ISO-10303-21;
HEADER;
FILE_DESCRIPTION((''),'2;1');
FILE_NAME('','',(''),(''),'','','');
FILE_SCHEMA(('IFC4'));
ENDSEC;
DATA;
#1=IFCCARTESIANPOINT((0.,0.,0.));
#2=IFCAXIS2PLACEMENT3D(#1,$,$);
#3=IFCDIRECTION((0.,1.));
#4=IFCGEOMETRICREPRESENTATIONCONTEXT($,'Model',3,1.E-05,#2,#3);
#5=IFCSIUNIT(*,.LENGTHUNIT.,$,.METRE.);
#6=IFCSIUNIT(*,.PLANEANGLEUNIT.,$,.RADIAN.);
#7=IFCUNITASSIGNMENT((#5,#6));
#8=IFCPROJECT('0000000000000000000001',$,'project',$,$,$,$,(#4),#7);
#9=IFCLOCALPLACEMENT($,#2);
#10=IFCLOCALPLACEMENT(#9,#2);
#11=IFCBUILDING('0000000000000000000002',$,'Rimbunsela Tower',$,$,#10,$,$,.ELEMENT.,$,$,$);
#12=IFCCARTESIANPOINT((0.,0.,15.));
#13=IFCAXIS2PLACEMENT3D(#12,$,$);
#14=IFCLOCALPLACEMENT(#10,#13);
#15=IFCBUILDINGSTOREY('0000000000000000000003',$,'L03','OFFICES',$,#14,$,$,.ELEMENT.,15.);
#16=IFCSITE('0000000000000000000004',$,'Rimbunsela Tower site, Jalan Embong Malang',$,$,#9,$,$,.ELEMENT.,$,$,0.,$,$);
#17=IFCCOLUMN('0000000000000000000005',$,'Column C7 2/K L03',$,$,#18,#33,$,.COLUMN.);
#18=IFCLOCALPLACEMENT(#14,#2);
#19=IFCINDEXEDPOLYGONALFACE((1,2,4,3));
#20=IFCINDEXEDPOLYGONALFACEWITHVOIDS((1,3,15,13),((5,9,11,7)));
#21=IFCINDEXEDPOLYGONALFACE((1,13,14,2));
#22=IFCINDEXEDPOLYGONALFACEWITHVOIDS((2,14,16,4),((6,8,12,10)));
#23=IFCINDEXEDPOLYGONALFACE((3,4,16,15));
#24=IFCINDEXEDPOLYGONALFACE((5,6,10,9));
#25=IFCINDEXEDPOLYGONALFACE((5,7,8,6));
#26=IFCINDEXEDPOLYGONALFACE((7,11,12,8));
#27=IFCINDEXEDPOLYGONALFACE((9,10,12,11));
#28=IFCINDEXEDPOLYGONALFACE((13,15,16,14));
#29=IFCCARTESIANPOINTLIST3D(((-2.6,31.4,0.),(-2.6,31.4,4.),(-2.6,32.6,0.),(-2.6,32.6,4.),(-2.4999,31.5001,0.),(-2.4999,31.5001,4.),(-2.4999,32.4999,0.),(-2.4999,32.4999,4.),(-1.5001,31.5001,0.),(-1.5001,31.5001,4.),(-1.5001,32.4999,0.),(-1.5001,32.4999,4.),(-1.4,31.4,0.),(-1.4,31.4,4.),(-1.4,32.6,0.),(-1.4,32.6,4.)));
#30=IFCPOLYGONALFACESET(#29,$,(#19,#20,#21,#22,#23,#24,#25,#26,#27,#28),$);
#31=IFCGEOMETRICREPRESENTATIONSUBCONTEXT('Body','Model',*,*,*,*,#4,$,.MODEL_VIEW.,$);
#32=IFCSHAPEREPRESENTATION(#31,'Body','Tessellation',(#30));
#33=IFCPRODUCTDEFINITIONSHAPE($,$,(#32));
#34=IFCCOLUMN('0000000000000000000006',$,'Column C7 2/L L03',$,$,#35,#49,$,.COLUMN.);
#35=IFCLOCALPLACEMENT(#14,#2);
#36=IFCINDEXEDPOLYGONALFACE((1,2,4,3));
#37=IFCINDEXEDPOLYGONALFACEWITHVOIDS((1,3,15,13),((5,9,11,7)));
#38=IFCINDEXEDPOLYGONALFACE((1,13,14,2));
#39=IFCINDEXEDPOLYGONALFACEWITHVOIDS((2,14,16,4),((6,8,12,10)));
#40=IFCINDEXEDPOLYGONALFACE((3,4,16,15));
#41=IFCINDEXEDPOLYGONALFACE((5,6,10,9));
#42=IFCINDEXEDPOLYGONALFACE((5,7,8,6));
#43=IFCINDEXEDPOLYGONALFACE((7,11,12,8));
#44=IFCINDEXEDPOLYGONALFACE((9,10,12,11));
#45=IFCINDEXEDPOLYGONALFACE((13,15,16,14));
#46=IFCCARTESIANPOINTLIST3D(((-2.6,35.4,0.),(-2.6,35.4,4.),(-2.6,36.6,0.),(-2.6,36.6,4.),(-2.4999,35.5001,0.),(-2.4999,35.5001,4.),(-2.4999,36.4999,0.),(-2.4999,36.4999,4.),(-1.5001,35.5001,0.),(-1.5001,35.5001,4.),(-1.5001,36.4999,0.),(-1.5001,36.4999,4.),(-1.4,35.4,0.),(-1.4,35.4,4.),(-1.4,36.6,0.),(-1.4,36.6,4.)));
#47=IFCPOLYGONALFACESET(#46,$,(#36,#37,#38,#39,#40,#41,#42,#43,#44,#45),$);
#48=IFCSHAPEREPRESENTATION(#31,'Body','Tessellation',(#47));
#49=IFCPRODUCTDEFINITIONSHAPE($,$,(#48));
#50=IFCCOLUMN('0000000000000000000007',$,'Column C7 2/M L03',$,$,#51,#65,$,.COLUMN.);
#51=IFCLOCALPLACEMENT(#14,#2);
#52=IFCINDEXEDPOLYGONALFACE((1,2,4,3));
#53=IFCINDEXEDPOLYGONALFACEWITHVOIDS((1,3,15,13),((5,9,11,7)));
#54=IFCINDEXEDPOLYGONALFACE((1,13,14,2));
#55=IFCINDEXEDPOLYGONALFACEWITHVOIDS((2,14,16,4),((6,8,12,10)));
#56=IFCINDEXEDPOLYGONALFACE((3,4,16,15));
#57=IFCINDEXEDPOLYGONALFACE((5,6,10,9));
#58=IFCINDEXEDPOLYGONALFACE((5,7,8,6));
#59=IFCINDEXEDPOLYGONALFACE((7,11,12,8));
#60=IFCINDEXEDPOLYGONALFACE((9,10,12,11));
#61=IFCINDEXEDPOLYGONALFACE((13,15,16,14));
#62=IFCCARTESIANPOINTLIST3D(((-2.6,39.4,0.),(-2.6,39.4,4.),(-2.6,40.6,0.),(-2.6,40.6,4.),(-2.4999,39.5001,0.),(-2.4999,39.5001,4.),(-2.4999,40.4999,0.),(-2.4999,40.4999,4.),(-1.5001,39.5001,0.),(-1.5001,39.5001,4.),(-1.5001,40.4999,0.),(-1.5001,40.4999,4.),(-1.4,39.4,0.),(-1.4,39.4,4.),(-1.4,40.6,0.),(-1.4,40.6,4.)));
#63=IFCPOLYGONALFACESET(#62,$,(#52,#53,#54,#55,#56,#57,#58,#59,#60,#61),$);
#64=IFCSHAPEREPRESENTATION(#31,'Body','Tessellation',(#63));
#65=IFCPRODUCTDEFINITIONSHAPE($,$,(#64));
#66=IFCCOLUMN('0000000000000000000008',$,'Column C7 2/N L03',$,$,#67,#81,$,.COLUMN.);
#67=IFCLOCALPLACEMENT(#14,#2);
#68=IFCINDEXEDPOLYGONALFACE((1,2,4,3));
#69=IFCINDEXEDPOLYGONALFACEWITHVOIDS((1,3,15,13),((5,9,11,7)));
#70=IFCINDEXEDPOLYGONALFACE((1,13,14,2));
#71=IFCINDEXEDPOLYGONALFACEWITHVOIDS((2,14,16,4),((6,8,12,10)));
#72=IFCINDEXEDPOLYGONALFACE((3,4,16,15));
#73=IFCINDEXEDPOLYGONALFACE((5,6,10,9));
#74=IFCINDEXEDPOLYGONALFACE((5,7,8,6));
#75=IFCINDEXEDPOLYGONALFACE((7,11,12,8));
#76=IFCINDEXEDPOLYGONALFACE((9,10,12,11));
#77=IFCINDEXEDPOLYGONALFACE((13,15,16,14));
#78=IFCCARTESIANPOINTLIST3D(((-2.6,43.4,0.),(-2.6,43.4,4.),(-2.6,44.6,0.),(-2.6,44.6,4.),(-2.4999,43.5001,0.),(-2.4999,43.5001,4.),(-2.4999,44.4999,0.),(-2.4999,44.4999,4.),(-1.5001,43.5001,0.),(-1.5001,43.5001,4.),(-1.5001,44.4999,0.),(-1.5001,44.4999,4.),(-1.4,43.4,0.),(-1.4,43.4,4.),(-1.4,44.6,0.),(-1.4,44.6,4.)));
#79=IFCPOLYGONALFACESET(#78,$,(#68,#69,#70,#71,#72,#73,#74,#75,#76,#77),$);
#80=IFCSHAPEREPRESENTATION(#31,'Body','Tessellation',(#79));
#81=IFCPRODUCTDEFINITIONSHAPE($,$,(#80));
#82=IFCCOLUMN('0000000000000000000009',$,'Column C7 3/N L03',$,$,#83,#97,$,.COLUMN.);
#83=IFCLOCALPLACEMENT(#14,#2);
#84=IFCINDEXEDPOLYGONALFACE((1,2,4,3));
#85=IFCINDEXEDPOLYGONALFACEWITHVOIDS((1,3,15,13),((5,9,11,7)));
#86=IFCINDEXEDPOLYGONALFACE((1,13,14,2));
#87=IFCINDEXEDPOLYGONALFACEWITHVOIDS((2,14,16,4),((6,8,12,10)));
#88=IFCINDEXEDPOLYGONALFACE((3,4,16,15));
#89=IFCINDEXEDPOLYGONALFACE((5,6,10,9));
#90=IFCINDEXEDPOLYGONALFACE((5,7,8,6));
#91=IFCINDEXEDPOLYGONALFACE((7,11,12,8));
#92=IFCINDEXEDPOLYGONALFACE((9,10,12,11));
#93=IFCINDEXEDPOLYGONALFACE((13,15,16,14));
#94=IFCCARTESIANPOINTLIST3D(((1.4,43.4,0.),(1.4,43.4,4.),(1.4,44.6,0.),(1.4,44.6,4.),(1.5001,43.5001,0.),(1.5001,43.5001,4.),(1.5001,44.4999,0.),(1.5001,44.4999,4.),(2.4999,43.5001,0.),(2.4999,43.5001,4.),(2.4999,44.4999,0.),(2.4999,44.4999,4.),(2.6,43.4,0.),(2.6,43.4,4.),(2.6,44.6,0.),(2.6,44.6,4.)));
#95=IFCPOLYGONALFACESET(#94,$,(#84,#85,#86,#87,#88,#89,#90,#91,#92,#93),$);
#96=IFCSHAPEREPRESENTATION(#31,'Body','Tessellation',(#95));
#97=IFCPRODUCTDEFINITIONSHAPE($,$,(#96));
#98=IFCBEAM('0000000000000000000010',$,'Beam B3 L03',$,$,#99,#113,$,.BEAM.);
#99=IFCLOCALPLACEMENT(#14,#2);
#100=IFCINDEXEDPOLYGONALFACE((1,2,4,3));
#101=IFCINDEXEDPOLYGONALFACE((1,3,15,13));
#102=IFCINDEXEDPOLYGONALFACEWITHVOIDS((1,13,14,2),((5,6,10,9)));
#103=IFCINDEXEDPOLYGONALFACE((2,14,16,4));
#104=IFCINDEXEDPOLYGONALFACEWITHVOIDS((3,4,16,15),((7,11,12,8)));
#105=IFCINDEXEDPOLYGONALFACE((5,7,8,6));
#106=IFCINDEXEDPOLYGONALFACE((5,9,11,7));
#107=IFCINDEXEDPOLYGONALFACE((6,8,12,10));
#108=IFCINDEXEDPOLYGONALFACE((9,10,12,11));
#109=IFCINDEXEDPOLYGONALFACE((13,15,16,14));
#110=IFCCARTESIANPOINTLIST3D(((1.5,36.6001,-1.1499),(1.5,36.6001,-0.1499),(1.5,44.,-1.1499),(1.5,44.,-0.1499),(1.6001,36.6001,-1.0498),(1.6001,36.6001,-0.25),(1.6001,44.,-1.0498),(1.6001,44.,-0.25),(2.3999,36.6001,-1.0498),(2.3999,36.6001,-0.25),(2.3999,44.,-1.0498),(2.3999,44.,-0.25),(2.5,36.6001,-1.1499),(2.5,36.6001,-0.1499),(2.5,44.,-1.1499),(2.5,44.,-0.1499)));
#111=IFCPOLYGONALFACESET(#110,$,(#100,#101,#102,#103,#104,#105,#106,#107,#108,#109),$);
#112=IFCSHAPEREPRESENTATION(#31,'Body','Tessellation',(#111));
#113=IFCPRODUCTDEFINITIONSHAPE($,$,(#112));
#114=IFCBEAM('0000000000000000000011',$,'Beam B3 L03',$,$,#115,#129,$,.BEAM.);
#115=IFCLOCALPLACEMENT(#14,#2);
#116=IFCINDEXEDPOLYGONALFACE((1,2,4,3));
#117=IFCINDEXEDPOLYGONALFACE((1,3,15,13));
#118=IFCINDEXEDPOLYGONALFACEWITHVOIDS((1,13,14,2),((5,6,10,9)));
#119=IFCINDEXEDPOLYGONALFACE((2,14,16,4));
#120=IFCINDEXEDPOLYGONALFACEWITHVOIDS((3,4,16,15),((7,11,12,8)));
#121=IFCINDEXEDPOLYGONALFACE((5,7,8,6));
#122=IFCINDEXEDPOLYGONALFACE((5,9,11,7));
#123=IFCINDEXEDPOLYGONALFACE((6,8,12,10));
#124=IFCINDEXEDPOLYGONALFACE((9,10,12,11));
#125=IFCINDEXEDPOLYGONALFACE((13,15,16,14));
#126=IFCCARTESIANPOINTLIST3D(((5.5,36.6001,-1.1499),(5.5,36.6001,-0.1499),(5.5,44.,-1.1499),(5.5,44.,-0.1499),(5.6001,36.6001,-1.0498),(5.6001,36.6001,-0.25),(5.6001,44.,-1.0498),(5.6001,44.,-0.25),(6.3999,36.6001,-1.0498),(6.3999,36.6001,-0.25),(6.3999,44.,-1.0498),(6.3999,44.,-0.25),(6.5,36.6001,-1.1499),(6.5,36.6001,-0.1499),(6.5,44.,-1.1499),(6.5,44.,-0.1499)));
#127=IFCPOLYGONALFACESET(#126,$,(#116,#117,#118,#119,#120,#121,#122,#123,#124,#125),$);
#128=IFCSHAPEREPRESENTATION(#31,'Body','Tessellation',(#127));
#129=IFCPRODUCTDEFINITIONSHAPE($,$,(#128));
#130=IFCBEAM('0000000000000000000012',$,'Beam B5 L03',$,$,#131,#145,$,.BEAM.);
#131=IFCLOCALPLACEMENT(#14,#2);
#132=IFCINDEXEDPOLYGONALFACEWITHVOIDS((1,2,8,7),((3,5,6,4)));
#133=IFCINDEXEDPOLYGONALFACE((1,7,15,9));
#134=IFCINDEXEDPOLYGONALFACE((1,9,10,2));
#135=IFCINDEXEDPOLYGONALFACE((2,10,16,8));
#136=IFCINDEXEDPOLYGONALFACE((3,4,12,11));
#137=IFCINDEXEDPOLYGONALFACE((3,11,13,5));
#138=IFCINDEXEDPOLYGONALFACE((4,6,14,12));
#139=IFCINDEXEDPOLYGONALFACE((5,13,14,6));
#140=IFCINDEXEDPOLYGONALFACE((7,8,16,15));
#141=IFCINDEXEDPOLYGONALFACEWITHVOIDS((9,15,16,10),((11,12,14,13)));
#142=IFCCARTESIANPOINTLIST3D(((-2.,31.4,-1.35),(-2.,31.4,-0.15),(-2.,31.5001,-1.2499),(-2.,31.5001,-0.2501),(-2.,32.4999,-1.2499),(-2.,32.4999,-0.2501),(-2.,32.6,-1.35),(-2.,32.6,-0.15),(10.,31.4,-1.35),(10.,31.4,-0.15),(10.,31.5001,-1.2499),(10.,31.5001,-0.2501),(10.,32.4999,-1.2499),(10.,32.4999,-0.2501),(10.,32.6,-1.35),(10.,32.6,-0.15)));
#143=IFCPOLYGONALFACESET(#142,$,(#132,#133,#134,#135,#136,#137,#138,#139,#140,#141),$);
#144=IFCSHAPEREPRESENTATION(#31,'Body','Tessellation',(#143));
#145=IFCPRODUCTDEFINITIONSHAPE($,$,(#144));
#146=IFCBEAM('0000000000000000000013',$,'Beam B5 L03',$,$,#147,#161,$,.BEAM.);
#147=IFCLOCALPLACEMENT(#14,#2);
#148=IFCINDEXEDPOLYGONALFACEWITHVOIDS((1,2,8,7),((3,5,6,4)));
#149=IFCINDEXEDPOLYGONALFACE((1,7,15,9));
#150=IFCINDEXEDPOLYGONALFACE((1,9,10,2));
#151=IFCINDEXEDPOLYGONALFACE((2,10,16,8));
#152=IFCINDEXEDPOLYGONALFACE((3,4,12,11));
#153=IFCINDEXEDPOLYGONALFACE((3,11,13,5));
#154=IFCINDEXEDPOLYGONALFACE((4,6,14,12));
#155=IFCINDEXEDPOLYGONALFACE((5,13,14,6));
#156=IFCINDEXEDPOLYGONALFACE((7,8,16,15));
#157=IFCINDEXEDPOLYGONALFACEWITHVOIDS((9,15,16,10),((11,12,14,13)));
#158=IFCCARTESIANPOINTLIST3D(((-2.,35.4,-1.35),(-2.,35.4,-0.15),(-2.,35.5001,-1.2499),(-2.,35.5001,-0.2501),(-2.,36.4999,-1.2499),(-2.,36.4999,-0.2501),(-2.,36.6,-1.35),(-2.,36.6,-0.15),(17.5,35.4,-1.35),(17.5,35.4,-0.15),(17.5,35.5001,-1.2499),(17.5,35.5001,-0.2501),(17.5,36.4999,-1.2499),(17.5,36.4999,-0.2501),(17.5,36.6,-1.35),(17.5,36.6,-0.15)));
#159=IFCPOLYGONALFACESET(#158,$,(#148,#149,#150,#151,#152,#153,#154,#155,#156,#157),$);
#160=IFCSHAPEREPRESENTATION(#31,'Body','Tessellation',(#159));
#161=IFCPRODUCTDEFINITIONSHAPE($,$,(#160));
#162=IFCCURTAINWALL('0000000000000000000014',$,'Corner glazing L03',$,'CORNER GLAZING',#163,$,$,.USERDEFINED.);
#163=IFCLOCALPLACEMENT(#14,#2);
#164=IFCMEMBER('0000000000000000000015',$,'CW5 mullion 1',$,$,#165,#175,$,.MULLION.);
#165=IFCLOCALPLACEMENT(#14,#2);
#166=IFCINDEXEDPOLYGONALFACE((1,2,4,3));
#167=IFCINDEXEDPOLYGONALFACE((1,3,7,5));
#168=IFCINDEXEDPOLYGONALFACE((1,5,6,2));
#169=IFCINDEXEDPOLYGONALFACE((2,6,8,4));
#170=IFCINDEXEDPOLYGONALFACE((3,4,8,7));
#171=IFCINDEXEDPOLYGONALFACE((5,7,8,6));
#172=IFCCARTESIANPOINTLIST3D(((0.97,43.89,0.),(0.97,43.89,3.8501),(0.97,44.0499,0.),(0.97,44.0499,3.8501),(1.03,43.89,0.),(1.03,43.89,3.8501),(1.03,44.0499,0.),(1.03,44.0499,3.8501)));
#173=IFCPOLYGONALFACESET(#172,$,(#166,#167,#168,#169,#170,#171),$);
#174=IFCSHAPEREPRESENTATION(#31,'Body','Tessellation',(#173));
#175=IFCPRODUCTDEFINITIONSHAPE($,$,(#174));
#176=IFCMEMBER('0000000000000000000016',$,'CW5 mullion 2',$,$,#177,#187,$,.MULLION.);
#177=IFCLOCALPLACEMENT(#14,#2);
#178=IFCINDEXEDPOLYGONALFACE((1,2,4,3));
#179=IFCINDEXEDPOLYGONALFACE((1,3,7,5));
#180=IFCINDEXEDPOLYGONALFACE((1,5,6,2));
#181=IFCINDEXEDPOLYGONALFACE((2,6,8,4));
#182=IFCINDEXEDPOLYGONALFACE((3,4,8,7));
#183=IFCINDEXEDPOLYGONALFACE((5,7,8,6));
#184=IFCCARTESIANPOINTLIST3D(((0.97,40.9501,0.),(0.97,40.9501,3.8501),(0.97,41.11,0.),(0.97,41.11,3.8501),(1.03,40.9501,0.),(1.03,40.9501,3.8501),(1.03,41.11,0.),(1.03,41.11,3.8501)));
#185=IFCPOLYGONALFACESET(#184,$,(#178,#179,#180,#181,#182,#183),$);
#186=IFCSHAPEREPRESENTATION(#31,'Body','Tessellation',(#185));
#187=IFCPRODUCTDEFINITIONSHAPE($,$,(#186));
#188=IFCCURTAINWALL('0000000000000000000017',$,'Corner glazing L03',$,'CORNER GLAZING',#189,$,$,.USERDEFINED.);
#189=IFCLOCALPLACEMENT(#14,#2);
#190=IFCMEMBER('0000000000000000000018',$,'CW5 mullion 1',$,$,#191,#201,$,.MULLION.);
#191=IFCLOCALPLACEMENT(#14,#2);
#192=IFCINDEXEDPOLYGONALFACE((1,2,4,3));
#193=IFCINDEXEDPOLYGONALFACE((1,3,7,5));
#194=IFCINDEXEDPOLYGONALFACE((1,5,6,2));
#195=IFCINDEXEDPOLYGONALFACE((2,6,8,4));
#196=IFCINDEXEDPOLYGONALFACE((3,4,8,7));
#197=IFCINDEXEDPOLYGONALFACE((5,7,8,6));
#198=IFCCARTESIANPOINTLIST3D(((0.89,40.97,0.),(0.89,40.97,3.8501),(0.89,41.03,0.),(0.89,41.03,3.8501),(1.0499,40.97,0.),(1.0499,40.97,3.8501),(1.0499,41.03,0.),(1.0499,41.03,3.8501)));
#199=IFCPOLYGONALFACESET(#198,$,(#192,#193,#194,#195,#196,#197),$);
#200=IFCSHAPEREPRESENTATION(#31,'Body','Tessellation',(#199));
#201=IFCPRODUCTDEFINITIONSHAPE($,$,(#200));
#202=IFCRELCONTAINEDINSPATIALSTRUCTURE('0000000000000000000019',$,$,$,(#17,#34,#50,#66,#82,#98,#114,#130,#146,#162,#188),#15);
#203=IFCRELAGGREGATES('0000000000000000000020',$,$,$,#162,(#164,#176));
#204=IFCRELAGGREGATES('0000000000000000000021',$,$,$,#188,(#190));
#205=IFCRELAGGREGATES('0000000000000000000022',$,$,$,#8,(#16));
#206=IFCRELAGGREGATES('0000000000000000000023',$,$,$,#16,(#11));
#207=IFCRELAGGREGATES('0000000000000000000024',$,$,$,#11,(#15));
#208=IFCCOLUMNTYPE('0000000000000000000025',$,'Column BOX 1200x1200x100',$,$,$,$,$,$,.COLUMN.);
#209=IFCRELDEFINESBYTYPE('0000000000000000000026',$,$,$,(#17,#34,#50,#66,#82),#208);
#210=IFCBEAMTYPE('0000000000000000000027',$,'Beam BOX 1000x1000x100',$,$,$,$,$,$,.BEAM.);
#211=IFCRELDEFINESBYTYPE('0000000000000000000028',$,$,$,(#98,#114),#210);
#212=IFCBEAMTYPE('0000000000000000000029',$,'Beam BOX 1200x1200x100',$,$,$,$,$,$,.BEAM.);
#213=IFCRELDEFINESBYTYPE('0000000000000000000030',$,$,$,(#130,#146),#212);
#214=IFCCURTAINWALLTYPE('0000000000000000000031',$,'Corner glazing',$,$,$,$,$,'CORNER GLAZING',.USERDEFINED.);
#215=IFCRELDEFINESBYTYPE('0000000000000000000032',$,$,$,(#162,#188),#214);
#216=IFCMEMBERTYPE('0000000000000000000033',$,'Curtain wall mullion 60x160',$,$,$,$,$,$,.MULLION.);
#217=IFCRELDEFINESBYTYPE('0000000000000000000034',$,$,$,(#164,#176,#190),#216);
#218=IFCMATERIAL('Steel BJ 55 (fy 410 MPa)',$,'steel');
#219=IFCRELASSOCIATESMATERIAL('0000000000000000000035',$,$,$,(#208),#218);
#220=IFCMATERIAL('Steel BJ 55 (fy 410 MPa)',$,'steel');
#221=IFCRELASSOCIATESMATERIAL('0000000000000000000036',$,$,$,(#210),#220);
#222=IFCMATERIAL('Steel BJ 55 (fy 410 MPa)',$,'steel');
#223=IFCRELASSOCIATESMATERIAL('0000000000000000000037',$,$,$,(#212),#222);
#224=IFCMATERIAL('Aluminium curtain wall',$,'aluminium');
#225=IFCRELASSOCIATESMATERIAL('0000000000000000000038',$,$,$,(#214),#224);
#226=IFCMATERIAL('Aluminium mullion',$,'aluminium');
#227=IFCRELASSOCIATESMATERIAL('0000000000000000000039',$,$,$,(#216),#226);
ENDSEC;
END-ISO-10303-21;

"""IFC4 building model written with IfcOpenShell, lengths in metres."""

from ifc_helpers import new_model, si_unit, direction, frame, origin, origin_2d, place, context, subcontext, project, spatial, rectangle, hollow_rectangle, extrude, material, material_profile, profile_set, type_object, element, aggregate, save


model = new_model("IFC4")

# Units and contexts
model_context = context("Model", 3, precision=1e-05, world=origin(), true_north=direction((0.0, 1.0)))
body_context = subcontext(model_context, "Body", "Model", "MODEL_VIEW")
ifc_project = project(units=[si_unit("LENGTHUNIT", "METRE"), si_unit("PLANEANGLEUNIT", "RADIAN")], contexts=[model_context])

# Site, building, storey
site_placement = place(None, origin())
site = spatial("IfcSite", under=ifc_project, at=site_placement, Name="Rimbunsela Tower site, Jalan Embong Malang", CompositionType="ELEMENT", RefElevation=0.0)
building_placement = place(site_placement, origin())
building = spatial("IfcBuilding", under=site, at=building_placement, Name="Rimbunsela Tower", CompositionType="ELEMENT")
storey_placement = place(building_placement, frame((0.0, 0.0, 15.0)))
storey = spatial("IfcBuildingStorey", under=building, at=storey_placement, Name="L03", Description="OFFICES", CompositionType="ELEMENT", Elevation=15.0)

# Columns
ifc_material_1 = material(Name="Steel BJ 55 (fy 410 MPa)", Category="steel")
ifc_material_profile_1 = material_profile(ifc_material_1, hollow_rectangle(XDim=1.2, YDim=1.2, WallThickness=0.1001, at=origin_2d()), Name="BOX 1200x1200x100")
ifc_profile_set_1 = profile_set([ifc_material_profile_1], Name="Steel BJ 55 (fy 410 MPa)")
column_type = type_object("IfcColumnType", Name="Column BOX 1200x1200x100", PredefinedType="COLUMN", material=ifc_profile_set_1)
for number, where, z_axis, x_axis, name in (
    (1, (-2.0, 32.0, 0.0), (0.0, 0.0, 1.0), (1.0, 0.0, 0.0), "Column C7 2/K L03"),
    (2, (-2.0, 36.0, 0.0), (0.0, 0.0, 1.0), (1.0, 0.0, 0.0), "Column C7 2/L L03"),
    (3, (-2.0, 40.0, 0.0), (0.0, 0.0, 1.0), (1.0, 0.0, 0.0), "Column C7 2/M L03"),
    (4, (-2.0, 44.0, 0.0), (0.0, 0.0, 1.0), (1.0, 0.0, 0.0), "Column C7 2/N L03"),
    (5, (2.0, 44.0, 0.0), (0.0, 0.0, 1.0), (1.0, 0.0, 0.0), "Column C7 3/N L03"),
):
    element("IfcColumn", number, at=place(storey_placement, frame(where, z_axis=z_axis, x_axis=x_axis)), inside=storey, type_object=column_type, Name=name, PredefinedType="COLUMN", context=body_context, shape_type="SweptSolid", body=[
        extrude(hollow_rectangle(XDim=1.2, YDim=1.2, WallThickness=0.1001, at=origin_2d()), origin(), (0.0, 0.0, 1.0), 4.0),
    ])

# Beams
ifc_material_2 = material(Name="Steel BJ 55 (fy 410 MPa)", Category="steel")
ifc_material_profile_2 = material_profile(ifc_material_2, hollow_rectangle(XDim=1.0, YDim=1.0, WallThickness=0.1001, at=origin_2d()), Name="BOX 1000x1000x100")
ifc_profile_set_2 = profile_set([ifc_material_profile_2], Name="Steel BJ 55 (fy 410 MPa)")
beam_type_1 = type_object("IfcBeamType", Name="Beam BOX 1000x1000x100", PredefinedType="BEAM", material=ifc_profile_set_2)
for number, where, z_axis, x_axis, name in (
    (6, (2.0, 36.6001, -0.6499), (0.0, 1.0, 0.0), (-1.0, 0.0, 0.0), "Beam B3 L03"),
    (7, (6.0, 36.6001, -0.6499), (0.0, 1.0, 0.0), (-1.0, 0.0, 0.0), "Beam B3 L03"),
):
    element("IfcBeam", number, at=place(storey_placement, frame(where, z_axis=z_axis, x_axis=x_axis)), inside=storey, type_object=beam_type_1, Name=name, PredefinedType="BEAM", context=body_context, shape_type="SweptSolid", body=[
        extrude(hollow_rectangle(XDim=1.0, YDim=1.0, WallThickness=0.1001, at=origin_2d()), origin(), (0.0, 0.0, 1.0), 7.3999),
    ])
ifc_material_3 = material(Name="Steel BJ 55 (fy 410 MPa)", Category="steel")
ifc_material_profile_3 = material_profile(ifc_material_3, hollow_rectangle(XDim=1.2, YDim=1.2, WallThickness=0.1001, at=origin_2d()), Name="BOX 1200x1200x100")
ifc_profile_set_3 = profile_set([ifc_material_profile_3], Name="Steel BJ 55 (fy 410 MPa)")
beam_type_2 = type_object("IfcBeamType", Name="Beam BOX 1200x1200x100", PredefinedType="BEAM", material=ifc_profile_set_3)
beam_1_placement = place(storey_placement, frame((-2.0, 32.0, -0.75), z_axis=(1.0, 0.0, 0.0), x_axis=(0.0, 1.0, 0.0)))
element("IfcBeam", 8, at=beam_1_placement, inside=storey, type_object=beam_type_2, Name="Beam B5 L03", PredefinedType="BEAM", context=body_context, shape_type="SweptSolid", body=[
    extrude(hollow_rectangle(XDim=1.2, YDim=1.2, WallThickness=0.1001, at=origin_2d()), origin(), (0.0, 0.0, 1.0), 12.0),
])
beam_2_placement = place(storey_placement, frame((-2.0, 36.0, -0.75), z_axis=(1.0, 0.0, 0.0), x_axis=(0.0, 1.0, 0.0)))
element("IfcBeam", 9, at=beam_2_placement, inside=storey, type_object=beam_type_2, Name="Beam B5 L03", PredefinedType="BEAM", context=body_context, shape_type="SweptSolid", body=[
    extrude(hollow_rectangle(XDim=1.2, YDim=1.2, WallThickness=0.1001, at=origin_2d()), origin(), (0.0, 0.0, 1.0), 19.5),
])

# Curtain walls, members
ifc_material_4 = material(Name="Aluminium curtain wall", Category="aluminium")
curtain_wall_type = type_object("IfcCurtainWallType", Name="Corner glazing", ElementType="CORNER GLAZING", PredefinedType="USERDEFINED", material=ifc_material_4)
curtain_wall_1_placement = place(storey_placement, origin())
curtain_wall_1 = element("IfcCurtainWall", 10, at=curtain_wall_1_placement, inside=storey, type_object=curtain_wall_type, Name="Corner glazing L03", ObjectType="CORNER GLAZING", PredefinedType="USERDEFINED")
ifc_material_5 = material(Name="Aluminium mullion", Category="aluminium")
ifc_material_profile_4 = material_profile(ifc_material_5, rectangle(XDim=0.0601, YDim=0.1599, at=origin_2d()), Name="Mullion 60x160")
ifc_profile_set_4 = profile_set([ifc_material_profile_4], Name="Aluminium mullion")
member_type_1 = type_object("IfcMemberType", Name="Curtain wall mullion 60x160", PredefinedType="MULLION", material=ifc_profile_set_4)
member_1_placement = place(storey_placement, frame((1.0, 43.97, 0.0), z_axis=(0.0, 0.0, 1.0), x_axis=(1.0, 0.0, 0.0)))
member_1 = element("IfcMember", 11, at=member_1_placement, type_object=member_type_1, Name="CW5 mullion 1", PredefinedType="MULLION", context=body_context, shape_type="SweptSolid", body=[
    extrude(rectangle(XDim=0.0601, YDim=0.1599, at=origin_2d()), origin(), (0.0, 0.0, 1.0), 3.8501),
])
member_2_placement = place(storey_placement, frame((1.0, 41.03, 0.0), z_axis=(0.0, 0.0, 1.0), x_axis=(1.0, 0.0, 0.0)))
member_2 = element("IfcMember", 12, at=member_2_placement, type_object=member_type_1, Name="CW5 mullion 2", PredefinedType="MULLION", context=body_context, shape_type="SweptSolid", body=[
    extrude(rectangle(XDim=0.0601, YDim=0.1599, at=origin_2d()), origin(), (0.0, 0.0, 1.0), 3.8501),
])
curtain_wall_2_placement = place(storey_placement, origin())
curtain_wall_2 = element("IfcCurtainWall", 13, at=curtain_wall_2_placement, inside=storey, type_object=curtain_wall_type, Name="Corner glazing L03", ObjectType="CORNER GLAZING", PredefinedType="USERDEFINED")
member_3_placement = place(storey_placement, frame((0.97, 41.0, 0.0), z_axis=(0.0, 0.0, 1.0), x_axis=(0.0, -1.0, 0.0)))
member_3 = element("IfcMember", 14, at=member_3_placement, type_object=member_type_1, Name="CW5 mullion 1", PredefinedType="MULLION", context=body_context, shape_type="SweptSolid", body=[
    extrude(rectangle(XDim=0.0601, YDim=0.1599, at=origin_2d()), origin(), (0.0, 0.0, 1.0), 3.8501),
])

aggregate(curtain_wall_1, [member_1, member_2])
aggregate(curtain_wall_2, [member_3])

save(model, "model.ifc")
